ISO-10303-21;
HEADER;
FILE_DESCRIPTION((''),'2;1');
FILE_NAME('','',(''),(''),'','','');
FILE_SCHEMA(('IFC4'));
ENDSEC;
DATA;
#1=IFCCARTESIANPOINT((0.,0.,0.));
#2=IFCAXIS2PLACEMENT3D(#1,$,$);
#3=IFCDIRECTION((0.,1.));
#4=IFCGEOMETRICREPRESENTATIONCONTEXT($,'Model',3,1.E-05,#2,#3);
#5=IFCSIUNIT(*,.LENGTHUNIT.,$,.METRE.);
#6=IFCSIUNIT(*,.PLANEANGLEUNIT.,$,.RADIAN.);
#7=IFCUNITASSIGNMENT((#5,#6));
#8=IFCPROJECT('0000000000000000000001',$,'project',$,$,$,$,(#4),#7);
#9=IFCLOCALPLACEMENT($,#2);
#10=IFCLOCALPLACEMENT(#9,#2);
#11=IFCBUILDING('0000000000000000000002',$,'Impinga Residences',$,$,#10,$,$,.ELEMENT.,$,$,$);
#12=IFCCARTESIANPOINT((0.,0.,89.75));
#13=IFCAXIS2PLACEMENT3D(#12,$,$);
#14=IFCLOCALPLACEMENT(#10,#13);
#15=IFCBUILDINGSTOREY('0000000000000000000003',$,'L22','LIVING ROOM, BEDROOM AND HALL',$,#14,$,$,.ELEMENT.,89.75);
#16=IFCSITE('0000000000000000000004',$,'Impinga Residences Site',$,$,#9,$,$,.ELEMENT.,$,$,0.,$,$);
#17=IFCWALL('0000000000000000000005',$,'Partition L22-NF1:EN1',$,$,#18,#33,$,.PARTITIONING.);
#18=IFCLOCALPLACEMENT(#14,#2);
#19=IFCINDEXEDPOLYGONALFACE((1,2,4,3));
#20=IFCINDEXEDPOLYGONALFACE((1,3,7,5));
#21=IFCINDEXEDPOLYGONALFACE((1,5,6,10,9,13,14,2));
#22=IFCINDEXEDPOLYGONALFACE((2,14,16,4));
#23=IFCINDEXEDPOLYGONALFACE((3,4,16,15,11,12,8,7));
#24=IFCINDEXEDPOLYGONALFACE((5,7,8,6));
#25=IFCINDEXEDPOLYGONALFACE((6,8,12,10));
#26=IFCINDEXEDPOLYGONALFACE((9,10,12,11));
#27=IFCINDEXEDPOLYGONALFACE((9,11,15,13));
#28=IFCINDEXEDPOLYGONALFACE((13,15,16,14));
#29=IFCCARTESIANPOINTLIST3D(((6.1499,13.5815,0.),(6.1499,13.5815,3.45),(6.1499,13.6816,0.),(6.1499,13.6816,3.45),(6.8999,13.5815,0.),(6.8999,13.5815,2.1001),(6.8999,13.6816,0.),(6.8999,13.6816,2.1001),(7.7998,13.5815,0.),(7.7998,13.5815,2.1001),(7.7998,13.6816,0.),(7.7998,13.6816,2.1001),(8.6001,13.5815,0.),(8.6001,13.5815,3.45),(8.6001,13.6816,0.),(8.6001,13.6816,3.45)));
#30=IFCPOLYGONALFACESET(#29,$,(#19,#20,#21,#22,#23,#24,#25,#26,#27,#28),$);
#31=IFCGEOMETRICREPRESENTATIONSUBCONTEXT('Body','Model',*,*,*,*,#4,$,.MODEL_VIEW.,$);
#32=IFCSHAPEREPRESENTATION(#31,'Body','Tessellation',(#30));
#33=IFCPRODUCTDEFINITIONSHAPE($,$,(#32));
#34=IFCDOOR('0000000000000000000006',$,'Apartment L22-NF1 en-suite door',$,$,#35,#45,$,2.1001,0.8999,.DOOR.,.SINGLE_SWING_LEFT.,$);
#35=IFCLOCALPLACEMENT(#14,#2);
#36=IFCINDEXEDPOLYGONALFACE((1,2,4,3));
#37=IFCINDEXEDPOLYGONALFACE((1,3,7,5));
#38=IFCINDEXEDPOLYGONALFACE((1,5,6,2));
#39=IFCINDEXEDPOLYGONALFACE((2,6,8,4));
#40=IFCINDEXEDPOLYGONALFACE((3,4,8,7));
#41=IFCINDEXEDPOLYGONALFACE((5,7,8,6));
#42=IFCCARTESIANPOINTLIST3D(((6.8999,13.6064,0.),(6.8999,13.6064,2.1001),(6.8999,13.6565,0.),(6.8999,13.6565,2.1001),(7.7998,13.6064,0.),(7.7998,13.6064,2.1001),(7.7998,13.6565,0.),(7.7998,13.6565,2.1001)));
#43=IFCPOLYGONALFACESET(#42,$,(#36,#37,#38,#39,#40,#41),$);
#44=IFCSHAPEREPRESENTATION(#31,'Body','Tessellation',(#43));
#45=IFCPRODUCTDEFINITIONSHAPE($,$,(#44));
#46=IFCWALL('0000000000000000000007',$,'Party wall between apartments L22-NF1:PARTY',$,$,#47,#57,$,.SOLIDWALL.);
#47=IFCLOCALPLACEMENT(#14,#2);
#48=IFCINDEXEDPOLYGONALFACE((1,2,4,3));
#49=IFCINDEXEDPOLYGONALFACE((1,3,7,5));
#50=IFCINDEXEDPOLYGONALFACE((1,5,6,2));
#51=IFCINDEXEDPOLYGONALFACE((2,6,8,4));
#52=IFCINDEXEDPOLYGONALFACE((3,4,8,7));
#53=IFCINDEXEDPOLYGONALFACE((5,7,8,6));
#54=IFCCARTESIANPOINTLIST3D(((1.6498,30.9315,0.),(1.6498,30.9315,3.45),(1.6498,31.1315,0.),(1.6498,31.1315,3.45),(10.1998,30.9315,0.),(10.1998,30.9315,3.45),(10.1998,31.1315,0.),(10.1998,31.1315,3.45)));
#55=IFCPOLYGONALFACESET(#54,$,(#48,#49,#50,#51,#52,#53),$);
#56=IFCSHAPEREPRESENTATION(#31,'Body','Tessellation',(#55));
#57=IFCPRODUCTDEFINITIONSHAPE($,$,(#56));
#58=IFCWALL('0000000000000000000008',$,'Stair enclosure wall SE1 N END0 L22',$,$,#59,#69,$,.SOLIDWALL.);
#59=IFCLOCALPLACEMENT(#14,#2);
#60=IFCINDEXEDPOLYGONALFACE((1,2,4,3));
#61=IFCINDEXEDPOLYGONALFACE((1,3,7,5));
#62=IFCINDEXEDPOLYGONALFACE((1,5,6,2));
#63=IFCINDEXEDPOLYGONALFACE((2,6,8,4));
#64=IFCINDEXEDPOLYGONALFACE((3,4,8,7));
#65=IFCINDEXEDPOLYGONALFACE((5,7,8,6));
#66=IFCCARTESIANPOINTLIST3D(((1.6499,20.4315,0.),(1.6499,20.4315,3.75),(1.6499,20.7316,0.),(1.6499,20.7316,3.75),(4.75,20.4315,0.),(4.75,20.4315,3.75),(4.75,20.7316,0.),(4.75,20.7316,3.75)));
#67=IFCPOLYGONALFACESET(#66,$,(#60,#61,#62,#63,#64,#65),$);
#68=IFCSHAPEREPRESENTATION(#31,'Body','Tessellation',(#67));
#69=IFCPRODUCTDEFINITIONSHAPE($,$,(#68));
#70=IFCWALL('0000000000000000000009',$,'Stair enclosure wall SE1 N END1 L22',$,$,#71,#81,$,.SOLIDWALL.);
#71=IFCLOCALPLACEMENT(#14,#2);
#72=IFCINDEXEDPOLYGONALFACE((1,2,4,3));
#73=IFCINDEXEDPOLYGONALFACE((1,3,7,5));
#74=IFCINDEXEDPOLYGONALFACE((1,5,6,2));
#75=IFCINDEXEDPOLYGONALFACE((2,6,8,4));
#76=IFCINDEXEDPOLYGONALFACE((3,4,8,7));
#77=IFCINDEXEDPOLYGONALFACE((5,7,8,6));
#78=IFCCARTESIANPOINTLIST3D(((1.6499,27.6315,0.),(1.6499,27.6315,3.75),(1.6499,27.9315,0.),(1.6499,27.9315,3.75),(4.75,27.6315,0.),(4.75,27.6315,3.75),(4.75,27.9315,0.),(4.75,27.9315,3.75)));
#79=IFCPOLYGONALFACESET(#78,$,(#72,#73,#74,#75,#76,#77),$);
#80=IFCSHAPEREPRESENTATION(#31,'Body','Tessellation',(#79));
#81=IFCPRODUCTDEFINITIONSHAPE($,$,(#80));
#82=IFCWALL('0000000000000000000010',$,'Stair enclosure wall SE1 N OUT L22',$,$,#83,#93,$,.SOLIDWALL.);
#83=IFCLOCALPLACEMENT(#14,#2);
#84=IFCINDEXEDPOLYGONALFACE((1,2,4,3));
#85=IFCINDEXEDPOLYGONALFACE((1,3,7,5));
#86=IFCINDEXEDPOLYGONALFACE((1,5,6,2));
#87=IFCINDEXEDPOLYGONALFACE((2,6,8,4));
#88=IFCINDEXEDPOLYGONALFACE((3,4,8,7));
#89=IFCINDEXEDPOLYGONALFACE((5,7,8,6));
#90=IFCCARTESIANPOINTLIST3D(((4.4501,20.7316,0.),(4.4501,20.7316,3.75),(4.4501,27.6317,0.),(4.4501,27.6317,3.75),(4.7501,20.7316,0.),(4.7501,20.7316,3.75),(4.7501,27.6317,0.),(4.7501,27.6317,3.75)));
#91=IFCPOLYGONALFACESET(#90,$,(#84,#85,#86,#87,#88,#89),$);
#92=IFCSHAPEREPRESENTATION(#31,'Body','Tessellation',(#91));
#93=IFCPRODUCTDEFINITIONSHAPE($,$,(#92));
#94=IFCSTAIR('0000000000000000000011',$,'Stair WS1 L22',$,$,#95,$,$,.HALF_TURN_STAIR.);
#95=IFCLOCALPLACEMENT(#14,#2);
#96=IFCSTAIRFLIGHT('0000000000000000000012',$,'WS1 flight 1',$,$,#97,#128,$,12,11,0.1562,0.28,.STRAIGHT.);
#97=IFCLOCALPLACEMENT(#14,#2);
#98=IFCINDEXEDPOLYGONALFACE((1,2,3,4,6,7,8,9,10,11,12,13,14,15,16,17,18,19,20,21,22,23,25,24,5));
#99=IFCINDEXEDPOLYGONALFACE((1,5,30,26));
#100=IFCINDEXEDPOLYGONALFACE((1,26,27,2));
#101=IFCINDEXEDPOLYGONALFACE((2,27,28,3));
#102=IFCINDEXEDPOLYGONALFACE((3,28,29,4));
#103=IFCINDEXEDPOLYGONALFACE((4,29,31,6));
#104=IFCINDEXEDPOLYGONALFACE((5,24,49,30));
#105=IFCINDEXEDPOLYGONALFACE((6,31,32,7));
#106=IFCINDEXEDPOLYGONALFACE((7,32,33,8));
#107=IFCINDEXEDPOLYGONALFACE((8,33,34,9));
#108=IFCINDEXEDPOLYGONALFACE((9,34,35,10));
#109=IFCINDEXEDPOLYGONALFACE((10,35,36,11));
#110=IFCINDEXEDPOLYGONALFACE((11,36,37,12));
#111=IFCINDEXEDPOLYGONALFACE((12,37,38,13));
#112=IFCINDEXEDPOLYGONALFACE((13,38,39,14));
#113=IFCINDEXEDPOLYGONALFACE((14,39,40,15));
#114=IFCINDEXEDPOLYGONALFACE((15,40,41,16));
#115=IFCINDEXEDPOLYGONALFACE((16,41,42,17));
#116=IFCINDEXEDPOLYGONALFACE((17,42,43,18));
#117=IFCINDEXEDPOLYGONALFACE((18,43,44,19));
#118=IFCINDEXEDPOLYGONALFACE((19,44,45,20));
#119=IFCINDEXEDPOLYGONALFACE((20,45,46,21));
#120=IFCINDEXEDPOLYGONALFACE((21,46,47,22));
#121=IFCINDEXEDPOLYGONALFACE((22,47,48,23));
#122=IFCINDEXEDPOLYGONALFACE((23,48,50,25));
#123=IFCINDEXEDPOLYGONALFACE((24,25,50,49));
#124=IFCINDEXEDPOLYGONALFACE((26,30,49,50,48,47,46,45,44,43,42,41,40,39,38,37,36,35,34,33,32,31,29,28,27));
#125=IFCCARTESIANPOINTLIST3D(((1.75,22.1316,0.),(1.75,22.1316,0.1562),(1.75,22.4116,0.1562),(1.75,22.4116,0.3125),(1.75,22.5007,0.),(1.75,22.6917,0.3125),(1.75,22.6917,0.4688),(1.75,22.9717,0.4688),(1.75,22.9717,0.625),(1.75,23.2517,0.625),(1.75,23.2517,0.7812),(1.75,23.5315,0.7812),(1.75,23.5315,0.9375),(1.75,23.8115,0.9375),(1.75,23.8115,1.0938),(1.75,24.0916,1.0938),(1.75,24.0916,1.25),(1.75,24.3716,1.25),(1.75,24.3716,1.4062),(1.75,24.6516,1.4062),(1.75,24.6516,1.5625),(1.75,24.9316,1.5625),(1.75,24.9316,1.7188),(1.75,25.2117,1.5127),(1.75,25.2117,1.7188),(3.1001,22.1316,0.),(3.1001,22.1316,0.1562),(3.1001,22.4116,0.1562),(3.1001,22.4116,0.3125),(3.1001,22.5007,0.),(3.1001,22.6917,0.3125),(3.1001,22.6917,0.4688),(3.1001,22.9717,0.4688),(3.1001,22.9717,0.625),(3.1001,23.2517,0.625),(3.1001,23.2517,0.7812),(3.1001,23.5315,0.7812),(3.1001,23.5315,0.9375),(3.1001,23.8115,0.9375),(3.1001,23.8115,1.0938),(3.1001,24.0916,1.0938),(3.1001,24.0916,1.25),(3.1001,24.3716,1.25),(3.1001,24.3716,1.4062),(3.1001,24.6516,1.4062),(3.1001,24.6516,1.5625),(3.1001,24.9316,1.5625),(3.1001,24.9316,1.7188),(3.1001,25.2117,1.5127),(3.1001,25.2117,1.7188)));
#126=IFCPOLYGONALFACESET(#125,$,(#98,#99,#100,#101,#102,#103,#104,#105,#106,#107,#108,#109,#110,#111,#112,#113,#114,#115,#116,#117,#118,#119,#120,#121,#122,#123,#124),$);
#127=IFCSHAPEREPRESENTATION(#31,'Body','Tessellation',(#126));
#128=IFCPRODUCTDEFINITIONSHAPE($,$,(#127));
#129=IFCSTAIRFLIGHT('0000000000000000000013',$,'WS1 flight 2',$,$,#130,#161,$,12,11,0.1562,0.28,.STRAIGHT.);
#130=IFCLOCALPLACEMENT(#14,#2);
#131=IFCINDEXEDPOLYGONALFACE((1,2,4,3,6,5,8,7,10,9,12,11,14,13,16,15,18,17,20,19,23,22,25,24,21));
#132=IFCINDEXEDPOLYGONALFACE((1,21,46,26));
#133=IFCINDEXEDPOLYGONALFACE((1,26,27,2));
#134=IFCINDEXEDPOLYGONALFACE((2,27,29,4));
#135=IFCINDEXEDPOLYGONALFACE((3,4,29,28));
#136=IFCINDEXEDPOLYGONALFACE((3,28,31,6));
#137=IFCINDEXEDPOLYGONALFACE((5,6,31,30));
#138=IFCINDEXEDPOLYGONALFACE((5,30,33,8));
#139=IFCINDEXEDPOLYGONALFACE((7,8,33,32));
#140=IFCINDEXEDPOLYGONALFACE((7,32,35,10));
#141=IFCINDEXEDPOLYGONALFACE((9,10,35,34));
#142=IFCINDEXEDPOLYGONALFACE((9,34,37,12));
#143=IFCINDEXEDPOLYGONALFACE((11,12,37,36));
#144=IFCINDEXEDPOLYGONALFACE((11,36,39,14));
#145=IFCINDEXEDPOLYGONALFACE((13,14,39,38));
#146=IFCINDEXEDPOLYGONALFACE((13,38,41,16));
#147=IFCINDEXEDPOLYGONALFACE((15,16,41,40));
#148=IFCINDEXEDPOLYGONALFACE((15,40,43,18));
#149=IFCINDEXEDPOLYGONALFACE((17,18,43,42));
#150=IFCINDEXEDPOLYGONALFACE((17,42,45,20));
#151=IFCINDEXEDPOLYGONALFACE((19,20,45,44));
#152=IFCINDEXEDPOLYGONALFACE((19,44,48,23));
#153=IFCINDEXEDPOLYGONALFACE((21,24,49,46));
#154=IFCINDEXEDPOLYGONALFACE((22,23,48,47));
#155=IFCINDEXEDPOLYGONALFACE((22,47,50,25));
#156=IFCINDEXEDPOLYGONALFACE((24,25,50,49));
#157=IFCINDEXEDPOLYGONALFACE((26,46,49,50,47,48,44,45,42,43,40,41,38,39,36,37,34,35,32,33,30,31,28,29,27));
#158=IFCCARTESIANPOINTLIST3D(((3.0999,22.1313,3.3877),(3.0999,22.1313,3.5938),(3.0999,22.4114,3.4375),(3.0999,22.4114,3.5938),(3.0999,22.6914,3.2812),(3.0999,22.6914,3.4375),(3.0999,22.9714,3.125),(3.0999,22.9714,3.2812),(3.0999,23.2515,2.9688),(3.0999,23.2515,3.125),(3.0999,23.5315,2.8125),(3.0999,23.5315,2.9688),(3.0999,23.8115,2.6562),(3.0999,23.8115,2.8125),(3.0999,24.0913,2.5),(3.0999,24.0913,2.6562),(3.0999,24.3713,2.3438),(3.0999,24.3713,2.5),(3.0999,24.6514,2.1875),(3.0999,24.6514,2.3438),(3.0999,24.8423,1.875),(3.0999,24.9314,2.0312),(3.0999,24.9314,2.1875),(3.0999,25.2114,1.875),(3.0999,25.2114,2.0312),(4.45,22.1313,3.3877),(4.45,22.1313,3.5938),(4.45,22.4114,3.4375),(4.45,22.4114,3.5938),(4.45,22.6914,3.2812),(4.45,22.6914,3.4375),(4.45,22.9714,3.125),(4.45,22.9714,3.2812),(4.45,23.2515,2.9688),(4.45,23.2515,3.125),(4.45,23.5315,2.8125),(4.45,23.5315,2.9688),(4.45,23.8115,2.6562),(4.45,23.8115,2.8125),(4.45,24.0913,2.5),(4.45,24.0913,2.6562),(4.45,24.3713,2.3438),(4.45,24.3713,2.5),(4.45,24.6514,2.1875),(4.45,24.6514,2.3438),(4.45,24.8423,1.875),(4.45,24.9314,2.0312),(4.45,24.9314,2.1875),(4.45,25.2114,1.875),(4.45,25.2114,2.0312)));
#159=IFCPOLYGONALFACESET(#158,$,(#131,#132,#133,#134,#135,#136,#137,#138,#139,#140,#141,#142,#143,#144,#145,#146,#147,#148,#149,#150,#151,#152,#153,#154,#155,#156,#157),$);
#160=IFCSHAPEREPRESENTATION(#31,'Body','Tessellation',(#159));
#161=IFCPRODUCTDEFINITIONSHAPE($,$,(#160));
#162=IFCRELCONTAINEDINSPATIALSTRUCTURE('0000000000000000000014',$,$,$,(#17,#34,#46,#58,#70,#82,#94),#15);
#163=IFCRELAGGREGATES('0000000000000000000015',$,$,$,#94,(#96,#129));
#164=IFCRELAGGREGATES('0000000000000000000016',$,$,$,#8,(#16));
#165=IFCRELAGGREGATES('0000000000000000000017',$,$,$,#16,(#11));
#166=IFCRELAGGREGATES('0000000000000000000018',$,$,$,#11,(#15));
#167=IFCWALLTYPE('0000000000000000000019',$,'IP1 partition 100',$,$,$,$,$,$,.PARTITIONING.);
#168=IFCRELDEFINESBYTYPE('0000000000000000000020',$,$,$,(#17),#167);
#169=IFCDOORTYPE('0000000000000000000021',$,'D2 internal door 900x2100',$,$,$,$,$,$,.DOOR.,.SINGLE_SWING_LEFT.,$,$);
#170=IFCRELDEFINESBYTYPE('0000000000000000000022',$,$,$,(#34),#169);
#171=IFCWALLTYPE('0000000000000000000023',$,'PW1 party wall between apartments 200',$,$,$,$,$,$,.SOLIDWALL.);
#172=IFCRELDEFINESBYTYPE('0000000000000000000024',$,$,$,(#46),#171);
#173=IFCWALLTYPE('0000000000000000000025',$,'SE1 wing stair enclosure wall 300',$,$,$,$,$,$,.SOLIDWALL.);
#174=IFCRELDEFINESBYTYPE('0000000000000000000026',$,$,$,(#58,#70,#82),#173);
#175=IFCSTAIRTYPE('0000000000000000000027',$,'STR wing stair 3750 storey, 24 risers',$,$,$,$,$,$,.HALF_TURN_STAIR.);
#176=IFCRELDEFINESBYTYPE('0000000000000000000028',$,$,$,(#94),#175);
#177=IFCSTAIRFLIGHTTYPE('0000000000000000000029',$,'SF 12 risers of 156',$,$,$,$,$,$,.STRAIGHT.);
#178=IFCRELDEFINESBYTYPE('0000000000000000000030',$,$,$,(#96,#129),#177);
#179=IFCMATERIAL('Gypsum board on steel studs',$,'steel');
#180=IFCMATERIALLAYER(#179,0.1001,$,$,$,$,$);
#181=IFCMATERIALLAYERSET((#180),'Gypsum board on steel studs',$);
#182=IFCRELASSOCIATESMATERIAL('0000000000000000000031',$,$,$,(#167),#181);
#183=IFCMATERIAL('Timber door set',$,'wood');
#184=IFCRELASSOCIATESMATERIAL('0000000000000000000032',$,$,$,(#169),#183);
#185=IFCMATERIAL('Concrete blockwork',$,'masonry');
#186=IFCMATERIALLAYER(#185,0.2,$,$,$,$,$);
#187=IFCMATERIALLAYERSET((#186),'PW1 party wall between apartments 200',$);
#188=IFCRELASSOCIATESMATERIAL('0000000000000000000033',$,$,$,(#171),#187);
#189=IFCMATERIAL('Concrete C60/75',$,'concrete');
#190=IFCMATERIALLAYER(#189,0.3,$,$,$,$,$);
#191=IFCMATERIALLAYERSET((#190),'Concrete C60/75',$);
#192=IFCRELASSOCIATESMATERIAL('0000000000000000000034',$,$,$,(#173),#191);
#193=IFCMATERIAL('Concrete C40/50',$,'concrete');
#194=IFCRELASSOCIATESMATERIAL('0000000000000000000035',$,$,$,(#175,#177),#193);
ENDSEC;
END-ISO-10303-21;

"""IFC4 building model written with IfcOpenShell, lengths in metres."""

from ifc_helpers import new_model, si_unit, direction, frame, frame_2d, origin, place, context, subcontext, project, spatial, polyline, rectangle, outline, extrude, material, layer, layer_set, type_object, element, fill, aggregate, save


model = new_model("IFC4")

# Units and contexts
model_context = context("Model", 3, precision=1e-05, world=origin(), true_north=direction((0.0, 1.0)))
body_context = subcontext(model_context, "Body", "Model", "MODEL_VIEW")
ifc_project = project(units=[si_unit("LENGTHUNIT", "METRE"), si_unit("PLANEANGLEUNIT", "RADIAN")], contexts=[model_context])

# Site, building, storey
site_placement = place(None, origin())
site = spatial("IfcSite", under=ifc_project, at=site_placement, Name="Impinga Residences Site", CompositionType="ELEMENT", RefElevation=0.0)
building_placement = place(site_placement, origin())
building = spatial("IfcBuilding", under=site, at=building_placement, Name="Impinga Residences", CompositionType="ELEMENT")
storey_placement = place(building_placement, frame((0.0, 0.0, 89.75)))
storey = spatial("IfcBuildingStorey", under=building, at=storey_placement, Name="L22", Description="LIVING ROOM, BEDROOM AND HALL", CompositionType="ELEMENT", Elevation=89.75)

# Shared definitions
ifc_material_1 = material(Name="Gypsum board on steel studs", Category="steel")
ifc_layer_1 = layer(ifc_material_1, 0.1001)
ifc_layer_set_1 = layer_set([ifc_layer_1], Name="Gypsum board on steel studs")
wall_type_1 = type_object("IfcWallType", Name="IP1 partition 100", PredefinedType="PARTITIONING", material=ifc_layer_set_1)

# Shared definitions
ifc_material_2 = material(Name="Timber door set", Category="wood")
door_type = type_object("IfcDoorType", Name="D2 internal door 900x2100", OperationType="SINGLE_SWING_LEFT", PredefinedType="DOOR", material=ifc_material_2)

# Wall, opening, door
wall_1_placement = place(storey_placement, frame((6.1499, 13.6316, 0.0), z_axis=(0.0, 0.0, 1.0), x_axis=(1.0, 0.0, 0.0)))
wall_1 = element("IfcWall", 1, at=wall_1_placement, inside=storey, type_object=wall_type_1, Name="Partition L22-NF1:EN1", PredefinedType="PARTITIONING", context=body_context, shape_type="SweptSolid", body=[
    extrude(rectangle(XDim=2.4502, YDim=0.1001, at=frame_2d((1.2251, 0.0))), origin(), (0.0, 0.0, 1.0), 3.45),
])
opening_1_placement = place(wall_1_placement, frame((0.75, 0.0, 0.0)))
opening_1 = element("IfcOpeningElement", 2, at=opening_1_placement, cuts=wall_1, PredefinedType="OPENING", context=body_context, shape_type="SweptSolid", body=[
    extrude(rectangle(XDim=0.8999, YDim=2.1001, at=frame_2d((0.45, 1.05))), frame((0.0, 0.0601, 0.0), z_axis=(0.0, -1.0, 0.0), x_axis=(1.0, 0.0, 0.0)), (0.0, 0.0, 1.0), 0.1201),
])
door_1_placement = place(opening_1_placement, origin())
door_1 = element("IfcDoor", 3, at=door_1_placement, inside=storey, type_object=door_type, Name="Apartment L22-NF1 en-suite door", OperationType="SINGLE_SWING_LEFT", OverallHeight=2.1001, OverallWidth=0.8999, PredefinedType="DOOR", context=body_context, shape_type="SweptSolid", body=[
    extrude(rectangle(XDim=0.8999, YDim=2.1001, at=frame_2d((0.45, 1.05))), frame((0.0, 0.0249, 0.0), z_axis=(0.0, -1.0, 0.0), x_axis=(1.0, 0.0, 0.0)), (0.0, 0.0, 1.0), 0.05),
])
fill(opening_1, door_1)

# Walls
ifc_material_3 = material(Name="Concrete blockwork", Category="masonry")
ifc_layer_2 = layer(ifc_material_3, 0.2)
ifc_layer_set_2 = layer_set([ifc_layer_2], Name="PW1 party wall between apartments 200")
wall_type_2 = type_object("IfcWallType", Name="PW1 party wall between apartments 200", PredefinedType="SOLIDWALL", material=ifc_layer_set_2)
wall_2_placement = place(storey_placement, frame((1.6499, 31.0315, 0.0), z_axis=(0.0, 0.0, 1.0), x_axis=(1.0, 0.0, 0.0)))
element("IfcWall", 4, at=wall_2_placement, inside=storey, type_object=wall_type_2, Name="Party wall between apartments L22-NF1:PARTY", PredefinedType="SOLIDWALL", context=body_context, shape_type="SweptSolid", body=[
    extrude(rectangle(XDim=8.55, YDim=0.2, at=frame_2d((4.2749, 0.0))), origin(), (0.0, 0.0, 1.0), 3.45),
])
ifc_material_4 = material(Name="Concrete C60/75", Category="concrete")
ifc_layer_3 = layer(ifc_material_4, 0.3)
ifc_layer_set_3 = layer_set([ifc_layer_3], Name="Concrete C60/75")
wall_type_3 = type_object("IfcWallType", Name="SE1 wing stair enclosure wall 300", PredefinedType="SOLIDWALL", material=ifc_layer_set_3)
for number, where, z_axis, x_axis, name in (
    (5, (1.6499, 20.5815, 0.0), (0.0, 0.0, 1.0), (1.0, 0.0, 0.0), "Stair enclosure wall SE1 N END0 L22"),
    (6, (1.6499, 27.7815, 0.0), (0.0, 0.0, 1.0), (1.0, 0.0, 0.0), "Stair enclosure wall SE1 N END1 L22"),
):
    element("IfcWall", number, at=place(storey_placement, frame(where, z_axis=z_axis, x_axis=x_axis)), inside=storey, type_object=wall_type_3, Name=name, PredefinedType="SOLIDWALL", context=body_context, shape_type="SweptSolid", body=[
        extrude(rectangle(XDim=3.1001, YDim=0.3, at=frame_2d((1.55, 0.0))), origin(), (0.0, 0.0, 1.0), 3.75),
    ])
wall_3_placement = place(storey_placement, frame((4.6001, 20.7314, 0.0), z_axis=(0.0, 0.0, 1.0), x_axis=(0.0, 1.0, 0.0)))
element("IfcWall", 7, at=wall_3_placement, inside=storey, type_object=wall_type_3, Name="Stair enclosure wall SE1 N OUT L22", PredefinedType="SOLIDWALL", context=body_context, shape_type="SweptSolid", body=[
    extrude(rectangle(XDim=6.9001, YDim=0.3, at=frame_2d((3.4502, 0.0))), origin(), (0.0, 0.0, 1.0), 3.75),
])

# Stair, stair flights
ifc_material_5 = material(Name="Concrete C40/50", Category="concrete")
stair_type = type_object("IfcStairType", Name="STR wing stair 3750 storey, 24 risers", PredefinedType="HALF_TURN_STAIR", material=ifc_material_5)
stair_placement = place(storey_placement, origin())
stair = element("IfcStair", 8, at=stair_placement, inside=storey, type_object=stair_type, Name="Stair WS1 L22", PredefinedType="HALF_TURN_STAIR")
stair_flight_type = type_object("IfcStairFlightType", Name="SF 12 risers of 156", PredefinedType="STRAIGHT", material=ifc_material_5)
stair_flight_1_placement = place(storey_placement, frame((2.425, 22.1316, 0.0), z_axis=(0.0, 0.0, 1.0), x_axis=(0.0, 1.0, 0.0)))
stair_flight_1 = element("IfcStairFlight", 9, at=stair_flight_1_placement, type_object=stair_flight_type, Name="WS1 flight 1", NumberOfRisers=12, NumberOfTreads=11, PredefinedType="STRAIGHT", RiserHeight=0.1562, TreadLength=0.28, context=body_context, shape_type="SweptSolid", body=[
    extrude(outline(polyline([(0.0, 0.0), (0.0, 0.1562), (0.28, 0.1562), (0.28, 0.3125), (0.5601, 0.3125), (0.5601, 0.4688), (0.8401, 0.4688), (0.8401, 0.625), (1.1201, 0.625), (1.1201, 0.7812), (1.3999, 0.7812), (1.3999, 0.9375), (1.6799, 0.9375), (1.6799, 1.0938), (1.96, 1.0938), (1.96, 1.25), (2.24, 1.25), (2.24, 1.4062), (2.52, 1.4062), (2.52, 1.5625), (2.8, 1.5625), (2.8, 1.7188), (3.0801, 1.7188), (3.0801, 1.875), (3.0801, 1.5127), (0.3691, 0.0), (0.0, 0.0)])), frame((0.0, 0.675, 0.0), z_axis=(0.0, -1.0, 0.0), x_axis=(1.0, 0.0, 0.0)), (0.0, 0.0, 1.0), 1.3501),
])
stair_flight_2_placement = place(storey_placement, frame((3.7749, 25.2114, 1.875), z_axis=(0.0, 0.0, 1.0), x_axis=(0.0, -1.0, 0.0)))
stair_flight_2 = element("IfcStairFlight", 10, at=stair_flight_2_placement, type_object=stair_flight_type, Name="WS1 flight 2", NumberOfRisers=12, NumberOfTreads=11, PredefinedType="STRAIGHT", RiserHeight=0.1562, TreadLength=0.28, context=body_context, shape_type="SweptSolid", body=[
    extrude(outline(polyline([(0.0, 0.0), (0.0, 0.1562), (0.28, 0.1562), (0.28, 0.3125), (0.5601, 0.3125), (0.5601, 0.4688), (0.8401, 0.4688), (0.8401, 0.625), (1.1201, 0.625), (1.1201, 0.7812), (1.3999, 0.7812), (1.3999, 0.9375), (1.6799, 0.9375), (1.6799, 1.0938), (1.96, 1.0938), (1.96, 1.25), (2.24, 1.25), (2.24, 1.4062), (2.52, 1.4062), (2.52, 1.5625), (2.8, 1.5625), (2.8, 1.7188), (3.0801, 1.7188), (3.0801, 1.875), (3.0801, 1.5127), (0.3691, 0.0), (0.0, 0.0)])), frame((0.0, 0.675, 0.0), z_axis=(0.0, -1.0, 0.0), x_axis=(1.0, 0.0, 0.0)), (0.0, 0.0, 1.0), 1.3501),
])
aggregate(stair, [stair_flight_1, stair_flight_2])

save(model, "model.ifc")
